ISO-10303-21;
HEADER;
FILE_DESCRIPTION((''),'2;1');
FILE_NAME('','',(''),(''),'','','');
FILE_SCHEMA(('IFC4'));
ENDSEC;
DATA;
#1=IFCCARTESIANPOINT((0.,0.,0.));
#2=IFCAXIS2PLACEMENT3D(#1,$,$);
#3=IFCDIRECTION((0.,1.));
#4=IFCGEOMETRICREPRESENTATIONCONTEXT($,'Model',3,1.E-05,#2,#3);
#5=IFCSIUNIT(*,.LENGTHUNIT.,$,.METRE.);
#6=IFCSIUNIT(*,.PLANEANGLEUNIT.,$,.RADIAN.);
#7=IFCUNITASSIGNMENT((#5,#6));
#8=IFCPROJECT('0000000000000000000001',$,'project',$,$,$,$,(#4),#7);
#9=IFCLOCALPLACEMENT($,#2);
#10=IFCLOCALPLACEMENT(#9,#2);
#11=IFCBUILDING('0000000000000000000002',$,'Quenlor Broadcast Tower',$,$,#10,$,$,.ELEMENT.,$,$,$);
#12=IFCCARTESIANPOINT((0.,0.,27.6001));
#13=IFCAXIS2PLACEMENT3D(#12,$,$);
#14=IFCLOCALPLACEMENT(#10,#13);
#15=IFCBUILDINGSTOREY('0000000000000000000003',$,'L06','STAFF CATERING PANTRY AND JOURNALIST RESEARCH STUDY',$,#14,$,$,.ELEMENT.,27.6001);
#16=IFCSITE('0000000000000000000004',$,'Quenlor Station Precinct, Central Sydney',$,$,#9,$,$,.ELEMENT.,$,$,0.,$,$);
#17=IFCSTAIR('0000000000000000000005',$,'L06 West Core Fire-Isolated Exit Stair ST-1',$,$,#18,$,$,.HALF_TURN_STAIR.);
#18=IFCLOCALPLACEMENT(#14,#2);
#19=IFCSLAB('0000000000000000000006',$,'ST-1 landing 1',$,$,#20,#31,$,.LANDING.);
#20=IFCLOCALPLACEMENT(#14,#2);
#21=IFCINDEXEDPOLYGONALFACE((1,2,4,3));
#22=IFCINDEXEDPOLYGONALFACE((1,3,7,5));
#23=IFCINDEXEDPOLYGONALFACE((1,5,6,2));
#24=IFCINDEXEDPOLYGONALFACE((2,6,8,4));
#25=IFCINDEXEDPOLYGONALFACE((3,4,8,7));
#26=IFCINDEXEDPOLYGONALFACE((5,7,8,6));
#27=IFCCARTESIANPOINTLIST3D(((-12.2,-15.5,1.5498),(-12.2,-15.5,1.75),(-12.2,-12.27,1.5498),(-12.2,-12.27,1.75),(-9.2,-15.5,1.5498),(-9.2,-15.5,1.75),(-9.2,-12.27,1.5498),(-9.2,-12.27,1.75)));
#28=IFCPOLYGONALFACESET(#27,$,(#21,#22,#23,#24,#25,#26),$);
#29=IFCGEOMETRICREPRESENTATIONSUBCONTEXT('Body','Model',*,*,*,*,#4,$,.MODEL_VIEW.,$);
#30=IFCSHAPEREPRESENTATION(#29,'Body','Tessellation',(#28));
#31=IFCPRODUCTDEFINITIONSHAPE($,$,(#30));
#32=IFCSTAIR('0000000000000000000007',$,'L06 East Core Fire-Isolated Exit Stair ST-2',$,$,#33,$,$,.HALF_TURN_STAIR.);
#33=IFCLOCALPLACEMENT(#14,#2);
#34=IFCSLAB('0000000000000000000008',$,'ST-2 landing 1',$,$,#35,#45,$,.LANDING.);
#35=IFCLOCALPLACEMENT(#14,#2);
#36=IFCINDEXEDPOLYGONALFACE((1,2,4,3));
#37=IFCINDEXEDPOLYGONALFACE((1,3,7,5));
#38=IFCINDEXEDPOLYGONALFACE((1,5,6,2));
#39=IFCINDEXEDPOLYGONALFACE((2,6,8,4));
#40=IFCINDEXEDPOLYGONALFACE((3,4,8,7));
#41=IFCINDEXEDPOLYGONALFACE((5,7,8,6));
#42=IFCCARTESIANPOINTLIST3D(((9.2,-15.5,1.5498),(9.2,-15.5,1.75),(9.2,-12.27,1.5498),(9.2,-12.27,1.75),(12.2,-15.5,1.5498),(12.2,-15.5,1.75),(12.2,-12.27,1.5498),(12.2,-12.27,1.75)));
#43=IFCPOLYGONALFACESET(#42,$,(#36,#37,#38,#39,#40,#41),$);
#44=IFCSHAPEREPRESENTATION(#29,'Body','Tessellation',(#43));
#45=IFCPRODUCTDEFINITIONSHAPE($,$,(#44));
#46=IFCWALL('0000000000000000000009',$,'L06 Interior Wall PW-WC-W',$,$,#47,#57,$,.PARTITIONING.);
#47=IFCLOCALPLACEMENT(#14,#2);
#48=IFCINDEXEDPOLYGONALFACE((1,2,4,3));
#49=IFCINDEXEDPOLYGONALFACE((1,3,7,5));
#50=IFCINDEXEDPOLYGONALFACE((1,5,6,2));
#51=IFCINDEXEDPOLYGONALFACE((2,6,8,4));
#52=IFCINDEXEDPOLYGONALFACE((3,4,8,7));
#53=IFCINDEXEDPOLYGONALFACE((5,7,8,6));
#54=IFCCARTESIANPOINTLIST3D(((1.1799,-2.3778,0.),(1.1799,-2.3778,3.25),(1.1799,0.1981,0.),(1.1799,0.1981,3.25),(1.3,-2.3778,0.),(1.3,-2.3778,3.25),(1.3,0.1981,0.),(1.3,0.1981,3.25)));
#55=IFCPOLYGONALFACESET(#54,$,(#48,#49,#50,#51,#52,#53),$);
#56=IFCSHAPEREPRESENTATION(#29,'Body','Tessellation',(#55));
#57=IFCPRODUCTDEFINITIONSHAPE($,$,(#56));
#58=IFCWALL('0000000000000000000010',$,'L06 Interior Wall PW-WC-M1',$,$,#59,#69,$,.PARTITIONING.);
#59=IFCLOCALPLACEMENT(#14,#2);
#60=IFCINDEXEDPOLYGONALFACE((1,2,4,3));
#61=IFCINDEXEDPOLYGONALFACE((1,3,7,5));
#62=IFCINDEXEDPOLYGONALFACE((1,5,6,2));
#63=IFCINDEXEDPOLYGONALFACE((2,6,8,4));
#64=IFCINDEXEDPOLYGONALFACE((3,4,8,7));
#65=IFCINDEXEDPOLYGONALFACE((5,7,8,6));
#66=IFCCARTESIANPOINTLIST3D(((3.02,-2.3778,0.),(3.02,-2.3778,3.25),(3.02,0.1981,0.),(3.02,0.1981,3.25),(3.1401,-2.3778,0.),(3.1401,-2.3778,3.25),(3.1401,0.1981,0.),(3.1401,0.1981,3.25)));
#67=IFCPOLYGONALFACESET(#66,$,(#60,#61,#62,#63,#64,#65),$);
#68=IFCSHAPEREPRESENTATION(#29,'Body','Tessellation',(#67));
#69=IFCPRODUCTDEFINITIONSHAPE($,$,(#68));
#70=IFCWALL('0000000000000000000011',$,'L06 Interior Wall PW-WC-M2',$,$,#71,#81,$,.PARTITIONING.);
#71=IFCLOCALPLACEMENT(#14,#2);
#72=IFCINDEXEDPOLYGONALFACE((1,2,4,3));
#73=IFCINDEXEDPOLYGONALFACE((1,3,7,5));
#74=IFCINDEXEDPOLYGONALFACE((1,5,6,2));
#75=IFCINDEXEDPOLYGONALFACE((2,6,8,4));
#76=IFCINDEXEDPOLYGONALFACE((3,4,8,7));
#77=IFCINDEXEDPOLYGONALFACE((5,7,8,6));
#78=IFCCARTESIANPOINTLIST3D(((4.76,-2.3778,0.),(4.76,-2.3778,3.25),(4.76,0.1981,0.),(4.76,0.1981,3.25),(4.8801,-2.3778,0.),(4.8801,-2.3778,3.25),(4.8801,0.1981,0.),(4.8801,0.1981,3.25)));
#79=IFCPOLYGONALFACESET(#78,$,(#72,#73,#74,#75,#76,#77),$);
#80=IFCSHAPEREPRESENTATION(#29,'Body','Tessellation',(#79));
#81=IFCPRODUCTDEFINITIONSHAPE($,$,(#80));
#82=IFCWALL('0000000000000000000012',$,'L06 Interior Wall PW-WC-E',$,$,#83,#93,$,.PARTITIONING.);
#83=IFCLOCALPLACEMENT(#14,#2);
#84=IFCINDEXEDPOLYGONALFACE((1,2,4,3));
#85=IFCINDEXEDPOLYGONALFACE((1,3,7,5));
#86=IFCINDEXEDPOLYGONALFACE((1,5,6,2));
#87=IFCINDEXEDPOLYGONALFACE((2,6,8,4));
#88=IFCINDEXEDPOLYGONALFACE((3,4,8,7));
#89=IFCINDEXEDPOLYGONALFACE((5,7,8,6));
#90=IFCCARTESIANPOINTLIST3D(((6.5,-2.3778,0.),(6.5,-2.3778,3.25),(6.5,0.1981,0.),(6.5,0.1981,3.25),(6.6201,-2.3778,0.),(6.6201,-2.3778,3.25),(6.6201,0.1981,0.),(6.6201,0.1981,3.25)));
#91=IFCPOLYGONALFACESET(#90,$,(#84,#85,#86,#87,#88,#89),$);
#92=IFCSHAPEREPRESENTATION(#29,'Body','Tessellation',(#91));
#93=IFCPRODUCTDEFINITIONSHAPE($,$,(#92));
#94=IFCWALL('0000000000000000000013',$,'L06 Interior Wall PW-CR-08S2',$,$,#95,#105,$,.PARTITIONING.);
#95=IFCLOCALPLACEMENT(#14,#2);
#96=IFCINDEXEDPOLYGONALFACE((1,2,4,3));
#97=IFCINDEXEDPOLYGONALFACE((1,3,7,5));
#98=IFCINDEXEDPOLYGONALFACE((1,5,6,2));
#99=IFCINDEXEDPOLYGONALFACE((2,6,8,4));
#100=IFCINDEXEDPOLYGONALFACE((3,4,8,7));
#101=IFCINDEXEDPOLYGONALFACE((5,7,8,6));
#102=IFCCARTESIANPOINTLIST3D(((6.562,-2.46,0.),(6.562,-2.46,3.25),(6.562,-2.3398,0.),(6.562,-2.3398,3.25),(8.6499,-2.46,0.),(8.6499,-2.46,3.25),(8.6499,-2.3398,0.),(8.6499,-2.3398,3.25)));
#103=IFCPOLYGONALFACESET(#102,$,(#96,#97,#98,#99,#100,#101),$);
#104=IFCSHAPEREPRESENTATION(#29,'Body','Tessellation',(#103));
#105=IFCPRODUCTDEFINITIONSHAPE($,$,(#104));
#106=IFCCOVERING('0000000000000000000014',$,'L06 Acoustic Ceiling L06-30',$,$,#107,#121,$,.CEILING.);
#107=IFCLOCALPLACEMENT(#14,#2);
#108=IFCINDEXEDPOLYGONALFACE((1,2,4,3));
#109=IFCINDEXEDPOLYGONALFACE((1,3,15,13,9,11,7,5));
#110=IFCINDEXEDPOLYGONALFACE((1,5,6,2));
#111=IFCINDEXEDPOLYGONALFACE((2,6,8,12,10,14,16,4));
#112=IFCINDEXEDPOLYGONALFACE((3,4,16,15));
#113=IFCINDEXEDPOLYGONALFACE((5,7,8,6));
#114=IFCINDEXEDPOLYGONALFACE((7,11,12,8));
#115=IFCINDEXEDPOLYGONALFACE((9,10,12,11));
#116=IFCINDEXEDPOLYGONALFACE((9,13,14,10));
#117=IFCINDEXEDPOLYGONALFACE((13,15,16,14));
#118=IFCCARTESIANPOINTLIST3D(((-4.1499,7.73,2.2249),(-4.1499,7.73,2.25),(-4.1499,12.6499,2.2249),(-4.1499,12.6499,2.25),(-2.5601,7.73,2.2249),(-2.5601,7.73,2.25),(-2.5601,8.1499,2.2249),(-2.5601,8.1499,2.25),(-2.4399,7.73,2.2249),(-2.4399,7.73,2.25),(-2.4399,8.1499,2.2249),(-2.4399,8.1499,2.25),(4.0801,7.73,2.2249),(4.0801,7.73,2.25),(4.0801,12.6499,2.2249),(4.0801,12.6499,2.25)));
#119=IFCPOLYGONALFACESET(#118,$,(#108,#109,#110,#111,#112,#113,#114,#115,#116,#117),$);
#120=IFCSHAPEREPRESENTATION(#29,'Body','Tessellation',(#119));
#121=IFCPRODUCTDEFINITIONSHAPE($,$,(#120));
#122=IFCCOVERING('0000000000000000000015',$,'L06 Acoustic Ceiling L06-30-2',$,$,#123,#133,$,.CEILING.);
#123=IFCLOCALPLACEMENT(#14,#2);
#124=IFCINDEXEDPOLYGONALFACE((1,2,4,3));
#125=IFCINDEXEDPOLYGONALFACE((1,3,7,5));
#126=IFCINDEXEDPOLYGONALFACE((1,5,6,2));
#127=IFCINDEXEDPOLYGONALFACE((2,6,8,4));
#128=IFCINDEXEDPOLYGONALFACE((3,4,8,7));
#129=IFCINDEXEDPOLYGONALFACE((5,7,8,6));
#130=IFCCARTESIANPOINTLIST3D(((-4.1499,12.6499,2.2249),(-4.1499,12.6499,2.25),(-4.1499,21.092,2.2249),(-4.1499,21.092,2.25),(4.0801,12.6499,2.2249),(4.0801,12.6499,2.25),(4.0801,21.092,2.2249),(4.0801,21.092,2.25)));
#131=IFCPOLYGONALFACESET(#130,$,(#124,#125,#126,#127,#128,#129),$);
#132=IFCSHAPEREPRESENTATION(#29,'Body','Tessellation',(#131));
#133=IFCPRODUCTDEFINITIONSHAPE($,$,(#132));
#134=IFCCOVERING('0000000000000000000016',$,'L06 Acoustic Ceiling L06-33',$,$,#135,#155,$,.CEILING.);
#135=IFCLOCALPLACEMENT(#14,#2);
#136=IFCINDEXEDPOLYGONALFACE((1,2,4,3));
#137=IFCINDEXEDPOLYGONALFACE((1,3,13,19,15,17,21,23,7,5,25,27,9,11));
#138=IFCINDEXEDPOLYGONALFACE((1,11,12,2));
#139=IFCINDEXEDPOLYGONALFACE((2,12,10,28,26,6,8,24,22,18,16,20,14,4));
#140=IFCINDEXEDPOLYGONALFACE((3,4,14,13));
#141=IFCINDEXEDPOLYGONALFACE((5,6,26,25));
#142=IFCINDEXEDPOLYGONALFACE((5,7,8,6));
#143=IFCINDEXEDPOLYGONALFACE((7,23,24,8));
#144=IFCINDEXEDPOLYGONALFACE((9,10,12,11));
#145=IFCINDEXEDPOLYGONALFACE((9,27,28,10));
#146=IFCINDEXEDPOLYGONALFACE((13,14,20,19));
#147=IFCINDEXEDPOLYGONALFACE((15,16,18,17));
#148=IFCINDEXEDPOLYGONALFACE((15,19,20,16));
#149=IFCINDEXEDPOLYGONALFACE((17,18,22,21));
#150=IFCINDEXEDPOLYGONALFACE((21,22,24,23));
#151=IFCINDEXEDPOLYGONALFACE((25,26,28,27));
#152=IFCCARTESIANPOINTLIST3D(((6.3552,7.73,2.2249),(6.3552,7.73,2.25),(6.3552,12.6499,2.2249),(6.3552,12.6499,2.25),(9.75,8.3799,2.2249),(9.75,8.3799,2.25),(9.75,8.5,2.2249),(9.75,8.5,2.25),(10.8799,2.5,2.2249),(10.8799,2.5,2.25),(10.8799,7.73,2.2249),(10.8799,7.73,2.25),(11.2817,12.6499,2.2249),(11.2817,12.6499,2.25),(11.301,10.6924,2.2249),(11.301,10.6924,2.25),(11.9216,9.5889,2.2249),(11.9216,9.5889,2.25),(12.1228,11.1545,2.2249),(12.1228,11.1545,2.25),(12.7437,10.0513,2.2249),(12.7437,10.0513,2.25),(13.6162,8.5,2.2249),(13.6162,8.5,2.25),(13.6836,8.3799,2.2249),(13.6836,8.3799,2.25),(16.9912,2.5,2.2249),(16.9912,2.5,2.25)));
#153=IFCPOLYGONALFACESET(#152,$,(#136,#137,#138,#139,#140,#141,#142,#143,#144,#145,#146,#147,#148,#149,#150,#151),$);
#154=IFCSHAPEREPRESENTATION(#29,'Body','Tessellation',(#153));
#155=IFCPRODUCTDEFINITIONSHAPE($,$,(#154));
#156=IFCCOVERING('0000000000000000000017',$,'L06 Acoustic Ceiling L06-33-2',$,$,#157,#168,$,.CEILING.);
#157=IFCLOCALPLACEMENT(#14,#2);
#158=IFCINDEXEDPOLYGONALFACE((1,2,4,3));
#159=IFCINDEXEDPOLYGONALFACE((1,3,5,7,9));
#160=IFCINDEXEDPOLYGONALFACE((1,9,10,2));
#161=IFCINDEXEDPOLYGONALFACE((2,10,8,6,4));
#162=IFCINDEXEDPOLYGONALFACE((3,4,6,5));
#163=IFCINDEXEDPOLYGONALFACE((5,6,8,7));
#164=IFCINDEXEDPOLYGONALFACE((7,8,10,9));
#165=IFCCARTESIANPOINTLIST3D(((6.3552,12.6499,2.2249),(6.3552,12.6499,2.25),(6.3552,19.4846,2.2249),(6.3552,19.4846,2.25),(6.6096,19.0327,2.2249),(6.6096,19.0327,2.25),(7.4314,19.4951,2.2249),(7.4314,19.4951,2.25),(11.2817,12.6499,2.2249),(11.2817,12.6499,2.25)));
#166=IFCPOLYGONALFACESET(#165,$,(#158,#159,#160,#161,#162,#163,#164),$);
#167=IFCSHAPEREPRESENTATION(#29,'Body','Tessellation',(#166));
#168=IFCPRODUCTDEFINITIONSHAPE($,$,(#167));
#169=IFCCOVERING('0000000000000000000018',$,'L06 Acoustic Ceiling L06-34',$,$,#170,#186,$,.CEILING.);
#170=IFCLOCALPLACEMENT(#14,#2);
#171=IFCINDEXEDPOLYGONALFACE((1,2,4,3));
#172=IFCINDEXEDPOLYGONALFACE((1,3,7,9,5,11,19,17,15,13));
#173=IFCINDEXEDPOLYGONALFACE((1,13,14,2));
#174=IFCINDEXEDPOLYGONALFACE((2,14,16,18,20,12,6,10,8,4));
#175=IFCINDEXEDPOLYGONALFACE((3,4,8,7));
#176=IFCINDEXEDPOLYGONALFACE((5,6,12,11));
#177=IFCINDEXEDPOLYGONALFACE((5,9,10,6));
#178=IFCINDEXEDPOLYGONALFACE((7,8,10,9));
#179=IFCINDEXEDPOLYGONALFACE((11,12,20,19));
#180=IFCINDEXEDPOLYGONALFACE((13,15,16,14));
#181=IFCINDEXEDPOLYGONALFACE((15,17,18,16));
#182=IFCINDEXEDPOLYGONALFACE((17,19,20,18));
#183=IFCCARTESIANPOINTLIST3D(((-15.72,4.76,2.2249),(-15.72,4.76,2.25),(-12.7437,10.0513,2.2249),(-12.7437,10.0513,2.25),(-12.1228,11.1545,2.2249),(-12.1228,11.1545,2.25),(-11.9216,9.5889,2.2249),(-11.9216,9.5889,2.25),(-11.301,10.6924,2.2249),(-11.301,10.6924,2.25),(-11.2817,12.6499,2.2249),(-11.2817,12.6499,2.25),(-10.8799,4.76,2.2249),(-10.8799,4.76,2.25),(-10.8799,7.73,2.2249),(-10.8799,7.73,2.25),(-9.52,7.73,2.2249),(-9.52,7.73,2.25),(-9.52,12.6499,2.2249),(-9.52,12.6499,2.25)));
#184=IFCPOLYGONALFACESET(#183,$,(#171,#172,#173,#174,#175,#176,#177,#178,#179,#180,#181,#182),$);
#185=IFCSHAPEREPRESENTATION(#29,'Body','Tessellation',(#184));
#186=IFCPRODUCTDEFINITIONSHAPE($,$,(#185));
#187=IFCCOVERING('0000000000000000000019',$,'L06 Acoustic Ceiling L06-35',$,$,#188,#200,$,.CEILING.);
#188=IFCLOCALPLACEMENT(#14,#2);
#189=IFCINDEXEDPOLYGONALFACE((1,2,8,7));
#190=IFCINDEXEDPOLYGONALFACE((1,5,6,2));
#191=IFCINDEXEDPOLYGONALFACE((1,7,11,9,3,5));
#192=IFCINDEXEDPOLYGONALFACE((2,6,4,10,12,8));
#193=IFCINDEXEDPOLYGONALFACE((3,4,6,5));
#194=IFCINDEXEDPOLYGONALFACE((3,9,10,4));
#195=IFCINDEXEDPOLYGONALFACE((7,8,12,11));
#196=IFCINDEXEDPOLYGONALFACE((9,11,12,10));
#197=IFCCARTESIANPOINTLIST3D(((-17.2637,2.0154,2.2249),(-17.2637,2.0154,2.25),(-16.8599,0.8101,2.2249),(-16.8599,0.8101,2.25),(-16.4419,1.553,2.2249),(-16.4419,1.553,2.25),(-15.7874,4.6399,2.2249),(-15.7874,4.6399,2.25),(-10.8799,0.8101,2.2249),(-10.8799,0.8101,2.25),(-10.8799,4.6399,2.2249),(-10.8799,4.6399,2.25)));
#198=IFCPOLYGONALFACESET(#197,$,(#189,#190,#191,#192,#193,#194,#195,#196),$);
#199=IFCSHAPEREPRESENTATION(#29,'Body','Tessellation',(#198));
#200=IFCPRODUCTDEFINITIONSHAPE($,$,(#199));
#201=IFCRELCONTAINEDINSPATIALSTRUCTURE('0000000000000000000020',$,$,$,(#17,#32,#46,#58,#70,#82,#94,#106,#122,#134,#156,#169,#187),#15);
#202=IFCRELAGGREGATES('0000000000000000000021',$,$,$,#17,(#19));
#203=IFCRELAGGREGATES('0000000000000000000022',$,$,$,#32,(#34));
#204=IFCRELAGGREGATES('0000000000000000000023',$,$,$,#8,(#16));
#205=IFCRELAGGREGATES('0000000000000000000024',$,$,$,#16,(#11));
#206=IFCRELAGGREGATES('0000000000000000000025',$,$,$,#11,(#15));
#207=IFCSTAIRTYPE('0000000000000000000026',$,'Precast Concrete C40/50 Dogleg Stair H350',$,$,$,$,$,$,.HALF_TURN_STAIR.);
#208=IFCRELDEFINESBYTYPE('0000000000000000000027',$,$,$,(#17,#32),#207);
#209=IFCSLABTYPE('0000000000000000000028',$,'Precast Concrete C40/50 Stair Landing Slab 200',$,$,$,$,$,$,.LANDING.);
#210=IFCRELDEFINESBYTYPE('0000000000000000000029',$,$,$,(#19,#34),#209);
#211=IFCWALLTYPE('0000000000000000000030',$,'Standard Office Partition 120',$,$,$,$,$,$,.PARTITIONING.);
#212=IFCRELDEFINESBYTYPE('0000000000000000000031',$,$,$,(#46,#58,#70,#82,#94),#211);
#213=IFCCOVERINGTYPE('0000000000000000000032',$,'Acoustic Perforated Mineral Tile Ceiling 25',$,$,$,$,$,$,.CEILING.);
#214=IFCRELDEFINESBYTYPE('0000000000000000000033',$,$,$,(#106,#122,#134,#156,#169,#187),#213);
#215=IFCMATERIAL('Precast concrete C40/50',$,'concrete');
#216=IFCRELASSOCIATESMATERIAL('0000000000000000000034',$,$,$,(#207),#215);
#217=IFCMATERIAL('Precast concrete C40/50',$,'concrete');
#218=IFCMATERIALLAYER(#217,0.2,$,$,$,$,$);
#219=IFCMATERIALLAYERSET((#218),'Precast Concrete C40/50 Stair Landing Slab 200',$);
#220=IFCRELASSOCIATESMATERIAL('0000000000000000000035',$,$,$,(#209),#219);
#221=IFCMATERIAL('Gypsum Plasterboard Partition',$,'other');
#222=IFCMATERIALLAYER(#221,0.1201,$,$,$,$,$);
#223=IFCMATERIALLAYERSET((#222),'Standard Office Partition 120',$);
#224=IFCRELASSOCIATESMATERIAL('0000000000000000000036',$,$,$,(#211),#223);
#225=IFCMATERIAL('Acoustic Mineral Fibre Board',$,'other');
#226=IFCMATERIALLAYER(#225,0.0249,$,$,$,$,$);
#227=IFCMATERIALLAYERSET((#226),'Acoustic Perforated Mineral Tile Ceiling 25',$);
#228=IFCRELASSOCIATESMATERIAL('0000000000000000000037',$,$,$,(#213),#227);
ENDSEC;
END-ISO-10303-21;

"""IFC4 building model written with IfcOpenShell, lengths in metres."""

from ifc_helpers import new_model, si_unit, direction, frame, frame_2d, origin, place, context, subcontext, project, spatial, polyline, rectangle, outline, extrude, material, layer, layer_set, type_object, element, aggregate, save


model = new_model("IFC4")

# Units and contexts
model_context = context("Model", 3, precision=1e-05, world=origin(), true_north=direction((0.0, 1.0)))
body_context = subcontext(model_context, "Body", "Model", "MODEL_VIEW")
ifc_project = project(units=[si_unit("LENGTHUNIT", "METRE"), si_unit("PLANEANGLEUNIT", "RADIAN")], contexts=[model_context])

# Site, building, storey
site_placement = place(None, origin())
site = spatial("IfcSite", under=ifc_project, at=site_placement, Name="Quenlor Station Precinct, Central Sydney", CompositionType="ELEMENT", RefElevation=0.0)
building_placement = place(site_placement, origin())
building = spatial("IfcBuilding", under=site, at=building_placement, Name="Quenlor Broadcast Tower", CompositionType="ELEMENT")
storey_placement = place(building_placement, frame((0.0, 0.0, 27.6001)))
storey = spatial("IfcBuildingStorey", under=building, at=storey_placement, Name="L06", Description="STAFF CATERING PANTRY AND JOURNALIST RESEARCH STUDY", CompositionType="ELEMENT", Elevation=27.6001)

# Stairs, slabs
ifc_material_1 = material(Name="Precast concrete C40/50", Category="concrete")
stair_type = type_object("IfcStairType", Name="Precast Concrete C40/50 Dogleg Stair H350", PredefinedType="HALF_TURN_STAIR", material=ifc_material_1)
stair_1_placement = place(storey_placement, origin())
stair_1 = element("IfcStair", 1, at=stair_1_placement, inside=storey, type_object=stair_type, Name="L06 West Core Fire-Isolated Exit Stair ST-1", PredefinedType="HALF_TURN_STAIR")
ifc_material_2 = material(Name="Precast concrete C40/50", Category="concrete")
ifc_layer_1 = layer(ifc_material_2, 0.2)
ifc_layer_set_1 = layer_set([ifc_layer_1], Name="Precast Concrete C40/50 Stair Landing Slab 200")
slab_type = type_object("IfcSlabType", Name="Precast Concrete C40/50 Stair Landing Slab 200", PredefinedType="LANDING", material=ifc_layer_set_1)
slab_1_placement = place(storey_placement, frame((0.0, 0.0, 1.5498)))
slab_1 = element("IfcSlab", 2, at=slab_1_placement, type_object=slab_type, Name="ST-1 landing 1", PredefinedType="LANDING", context=body_context, shape_type="SweptSolid", body=[
    extrude(outline(polyline([(-12.2, -12.27), (-12.2, -15.5), (-9.2, -15.5), (-9.2, -12.27), (-12.2, -12.27)])), origin(), (0.0, 0.0, 1.0), 0.2002),
])
aggregate(stair_1, [slab_1])
stair_2_placement = place(storey_placement, origin())
stair_2 = element("IfcStair", 3, at=stair_2_placement, inside=storey, type_object=stair_type, Name="L06 East Core Fire-Isolated Exit Stair ST-2", PredefinedType="HALF_TURN_STAIR")
slab_2_placement = place(storey_placement, frame((0.0, 0.0, 1.5498)))
slab_2 = element("IfcSlab", 4, at=slab_2_placement, type_object=slab_type, Name="ST-2 landing 1", PredefinedType="LANDING", context=body_context, shape_type="SweptSolid", body=[
    extrude(outline(polyline([(9.2, -12.27), (9.2, -15.5), (12.2, -15.5), (12.2, -12.27), (9.2, -12.27)])), origin(), (0.0, 0.0, 1.0), 0.2002),
])
aggregate(stair_2, [slab_2])

# Walls
ifc_material_3 = material(Name="Gypsum Plasterboard Partition", Category="other")
ifc_layer_2 = layer(ifc_material_3, 0.1201)
ifc_layer_set_2 = layer_set([ifc_layer_2], Name="Standard Office Partition 120")
wall_type = type_object("IfcWallType", Name="Standard Office Partition 120", PredefinedType="PARTITIONING", material=ifc_layer_set_2)
for number, where, z_axis, x_axis, name in (
    (5, (1.24, -2.3779, 0.0), (0.0, 0.0, 1.0), (0.0, 1.0, 0.0), "L06 Interior Wall PW-WC-W"),
    (6, (3.0801, -2.3779, 0.0), (0.0, 0.0, 1.0), (0.0, 1.0, 0.0), "L06 Interior Wall PW-WC-M1"),
    (7, (4.8201, -2.3779, 0.0), (0.0, 0.0, 1.0), (0.0, 1.0, 0.0), "L06 Interior Wall PW-WC-M2"),
    (8, (6.5601, -2.3779, 0.0), (0.0, 0.0, 1.0), (0.0, 1.0, 0.0), "L06 Interior Wall PW-WC-E"),
):
    element("IfcWall", number, at=place(storey_placement, frame(where, z_axis=z_axis, x_axis=x_axis)), inside=storey, type_object=wall_type, Name=name, PredefinedType="PARTITIONING", context=body_context, shape_type="SweptSolid", body=[
        extrude(rectangle(XDim=2.5759, YDim=0.1201, at=frame_2d((1.2881, 0.0))), origin(), (0.0, 0.0, 1.0), 3.25),
    ])
wall_placement = place(storey_placement, frame((6.562, -2.3999, 0.0), z_axis=(0.0, 0.0, 1.0), x_axis=(1.0, 0.0, 0.0)))
element("IfcWall", 9, at=wall_placement, inside=storey, type_object=wall_type, Name="L06 Interior Wall PW-CR-08S2", PredefinedType="PARTITIONING", context=body_context, shape_type="SweptSolid", body=[
    extrude(rectangle(XDim=2.0879, YDim=0.1201, at=frame_2d((1.0439, 0.0))), origin(), (0.0, 0.0, 1.0), 3.25),
])

# Coverings
ifc_material_4 = material(Name="Acoustic Mineral Fibre Board", Category="other")
ifc_layer_3 = layer(ifc_material_4, 0.0249)
ifc_layer_set_3 = layer_set([ifc_layer_3], Name="Acoustic Perforated Mineral Tile Ceiling 25")
covering_type_1 = type_object("IfcCoveringType", Name="Acoustic Perforated Mineral Tile Ceiling 25", PredefinedType="CEILING", material=ifc_layer_set_3)
covering_1_placement = place(storey_placement, frame((0.0, 0.0, 2.2249)))
element("IfcCovering", 10, at=covering_1_placement, inside=storey, type_object=covering_type_1, Name="L06 Acoustic Ceiling L06-30", PredefinedType="CEILING", context=body_context, shape_type="SweptSolid", body=[
    extrude(outline(polyline([(-2.5601, 7.73), (-4.1499, 7.73), (-4.1499, 12.6499), (4.0801, 12.6499), (4.0801, 7.73), (-2.4399, 7.73), (-2.4399, 8.1499), (-2.5601, 8.1499), (-2.5601, 7.73)])), origin(), (0.0, 0.0, 1.0), 0.0251),
])
covering_2_placement = place(storey_placement, frame((0.0, 0.0, 2.2249)))
element("IfcCovering", 11, at=covering_2_placement, inside=storey, type_object=covering_type_1, Name="L06 Acoustic Ceiling L06-30-2", PredefinedType="CEILING", context=body_context, shape_type="SweptSolid", body=[
    extrude(outline(polyline([(-4.1499, 21.092), (4.0801, 21.092), (4.0801, 12.6499), (-4.1499, 12.6499), (-4.1499, 21.092)])), origin(), (0.0, 0.0, 1.0), 0.0251),
])
covering_3_placement = place(storey_placement, frame((0.0, 0.0, 2.2249)))
element("IfcCovering", 12, at=covering_3_placement, inside=storey, type_object=covering_type_1, Name="L06 Acoustic Ceiling L06-33", PredefinedType="CEILING", context=body_context, shape_type="SweptSolid", body=[
    extrude(outline(polyline([(13.6836, 8.3799), (16.9912, 2.5), (10.8799, 2.5), (10.8799, 7.73), (6.3552, 7.73), (6.3552, 12.6499), (11.2817, 12.6499), (12.1228, 11.1545), (11.301, 10.6924), (11.9216, 9.5889), (12.7437, 10.0513), (13.6162, 8.5), (9.75, 8.5), (9.75, 8.3799), (13.6836, 8.3799)])), origin(), (0.0, 0.0, 1.0), 0.0251),
])
covering_4_placement = place(storey_placement, frame((0.0, 0.0, 2.2249)))
element("IfcCovering", 13, at=covering_4_placement, inside=storey, type_object=covering_type_1, Name="L06 Acoustic Ceiling L06-33-2", PredefinedType="CEILING", context=body_context, shape_type="SweptSolid", body=[
    extrude(outline(polyline([(6.3552, 19.4846), (6.6096, 19.0327), (7.4314, 19.4951), (11.2817, 12.6499), (6.3552, 12.6499), (6.3552, 19.4846)])), origin(), (0.0, 0.0, 1.0), 0.0251),
])
covering_5_placement = place(storey_placement, frame((0.0, 0.0, 2.2249)))
element("IfcCovering", 14, at=covering_5_placement, inside=storey, type_object=covering_type_1, Name="L06 Acoustic Ceiling L06-34", PredefinedType="CEILING", context=body_context, shape_type="SweptSolid", body=[
    extrude(outline(polyline([(-10.8799, 4.76), (-15.72, 4.76), (-12.7437, 10.0513), (-11.9216, 9.5889), (-11.301, 10.6924), (-12.1228, 11.1545), (-11.2817, 12.6499), (-9.52, 12.6499), (-9.52, 7.73), (-10.8799, 7.73), (-10.8799, 4.76)])), origin(), (0.0, 0.0, 1.0), 0.0251),
])
covering_6_placement = place(storey_placement, frame((0.0, 0.0, 2.2249)))
element("IfcCovering", 15, at=covering_6_placement, inside=storey, type_object=covering_type_1, Name="L06 Acoustic Ceiling L06-35", PredefinedType="CEILING", context=body_context, shape_type="SweptSolid", body=[
    extrude(outline(polyline([(-16.8599, 0.8101), (-16.4419, 1.553), (-17.2637, 2.0154), (-15.7874, 4.6399), (-10.8799, 4.6399), (-10.8799, 0.8101), (-16.8599, 0.8101)])), origin(), (0.0, 0.0, 1.0), 0.0251),
])

save(model, "model.ifc")
